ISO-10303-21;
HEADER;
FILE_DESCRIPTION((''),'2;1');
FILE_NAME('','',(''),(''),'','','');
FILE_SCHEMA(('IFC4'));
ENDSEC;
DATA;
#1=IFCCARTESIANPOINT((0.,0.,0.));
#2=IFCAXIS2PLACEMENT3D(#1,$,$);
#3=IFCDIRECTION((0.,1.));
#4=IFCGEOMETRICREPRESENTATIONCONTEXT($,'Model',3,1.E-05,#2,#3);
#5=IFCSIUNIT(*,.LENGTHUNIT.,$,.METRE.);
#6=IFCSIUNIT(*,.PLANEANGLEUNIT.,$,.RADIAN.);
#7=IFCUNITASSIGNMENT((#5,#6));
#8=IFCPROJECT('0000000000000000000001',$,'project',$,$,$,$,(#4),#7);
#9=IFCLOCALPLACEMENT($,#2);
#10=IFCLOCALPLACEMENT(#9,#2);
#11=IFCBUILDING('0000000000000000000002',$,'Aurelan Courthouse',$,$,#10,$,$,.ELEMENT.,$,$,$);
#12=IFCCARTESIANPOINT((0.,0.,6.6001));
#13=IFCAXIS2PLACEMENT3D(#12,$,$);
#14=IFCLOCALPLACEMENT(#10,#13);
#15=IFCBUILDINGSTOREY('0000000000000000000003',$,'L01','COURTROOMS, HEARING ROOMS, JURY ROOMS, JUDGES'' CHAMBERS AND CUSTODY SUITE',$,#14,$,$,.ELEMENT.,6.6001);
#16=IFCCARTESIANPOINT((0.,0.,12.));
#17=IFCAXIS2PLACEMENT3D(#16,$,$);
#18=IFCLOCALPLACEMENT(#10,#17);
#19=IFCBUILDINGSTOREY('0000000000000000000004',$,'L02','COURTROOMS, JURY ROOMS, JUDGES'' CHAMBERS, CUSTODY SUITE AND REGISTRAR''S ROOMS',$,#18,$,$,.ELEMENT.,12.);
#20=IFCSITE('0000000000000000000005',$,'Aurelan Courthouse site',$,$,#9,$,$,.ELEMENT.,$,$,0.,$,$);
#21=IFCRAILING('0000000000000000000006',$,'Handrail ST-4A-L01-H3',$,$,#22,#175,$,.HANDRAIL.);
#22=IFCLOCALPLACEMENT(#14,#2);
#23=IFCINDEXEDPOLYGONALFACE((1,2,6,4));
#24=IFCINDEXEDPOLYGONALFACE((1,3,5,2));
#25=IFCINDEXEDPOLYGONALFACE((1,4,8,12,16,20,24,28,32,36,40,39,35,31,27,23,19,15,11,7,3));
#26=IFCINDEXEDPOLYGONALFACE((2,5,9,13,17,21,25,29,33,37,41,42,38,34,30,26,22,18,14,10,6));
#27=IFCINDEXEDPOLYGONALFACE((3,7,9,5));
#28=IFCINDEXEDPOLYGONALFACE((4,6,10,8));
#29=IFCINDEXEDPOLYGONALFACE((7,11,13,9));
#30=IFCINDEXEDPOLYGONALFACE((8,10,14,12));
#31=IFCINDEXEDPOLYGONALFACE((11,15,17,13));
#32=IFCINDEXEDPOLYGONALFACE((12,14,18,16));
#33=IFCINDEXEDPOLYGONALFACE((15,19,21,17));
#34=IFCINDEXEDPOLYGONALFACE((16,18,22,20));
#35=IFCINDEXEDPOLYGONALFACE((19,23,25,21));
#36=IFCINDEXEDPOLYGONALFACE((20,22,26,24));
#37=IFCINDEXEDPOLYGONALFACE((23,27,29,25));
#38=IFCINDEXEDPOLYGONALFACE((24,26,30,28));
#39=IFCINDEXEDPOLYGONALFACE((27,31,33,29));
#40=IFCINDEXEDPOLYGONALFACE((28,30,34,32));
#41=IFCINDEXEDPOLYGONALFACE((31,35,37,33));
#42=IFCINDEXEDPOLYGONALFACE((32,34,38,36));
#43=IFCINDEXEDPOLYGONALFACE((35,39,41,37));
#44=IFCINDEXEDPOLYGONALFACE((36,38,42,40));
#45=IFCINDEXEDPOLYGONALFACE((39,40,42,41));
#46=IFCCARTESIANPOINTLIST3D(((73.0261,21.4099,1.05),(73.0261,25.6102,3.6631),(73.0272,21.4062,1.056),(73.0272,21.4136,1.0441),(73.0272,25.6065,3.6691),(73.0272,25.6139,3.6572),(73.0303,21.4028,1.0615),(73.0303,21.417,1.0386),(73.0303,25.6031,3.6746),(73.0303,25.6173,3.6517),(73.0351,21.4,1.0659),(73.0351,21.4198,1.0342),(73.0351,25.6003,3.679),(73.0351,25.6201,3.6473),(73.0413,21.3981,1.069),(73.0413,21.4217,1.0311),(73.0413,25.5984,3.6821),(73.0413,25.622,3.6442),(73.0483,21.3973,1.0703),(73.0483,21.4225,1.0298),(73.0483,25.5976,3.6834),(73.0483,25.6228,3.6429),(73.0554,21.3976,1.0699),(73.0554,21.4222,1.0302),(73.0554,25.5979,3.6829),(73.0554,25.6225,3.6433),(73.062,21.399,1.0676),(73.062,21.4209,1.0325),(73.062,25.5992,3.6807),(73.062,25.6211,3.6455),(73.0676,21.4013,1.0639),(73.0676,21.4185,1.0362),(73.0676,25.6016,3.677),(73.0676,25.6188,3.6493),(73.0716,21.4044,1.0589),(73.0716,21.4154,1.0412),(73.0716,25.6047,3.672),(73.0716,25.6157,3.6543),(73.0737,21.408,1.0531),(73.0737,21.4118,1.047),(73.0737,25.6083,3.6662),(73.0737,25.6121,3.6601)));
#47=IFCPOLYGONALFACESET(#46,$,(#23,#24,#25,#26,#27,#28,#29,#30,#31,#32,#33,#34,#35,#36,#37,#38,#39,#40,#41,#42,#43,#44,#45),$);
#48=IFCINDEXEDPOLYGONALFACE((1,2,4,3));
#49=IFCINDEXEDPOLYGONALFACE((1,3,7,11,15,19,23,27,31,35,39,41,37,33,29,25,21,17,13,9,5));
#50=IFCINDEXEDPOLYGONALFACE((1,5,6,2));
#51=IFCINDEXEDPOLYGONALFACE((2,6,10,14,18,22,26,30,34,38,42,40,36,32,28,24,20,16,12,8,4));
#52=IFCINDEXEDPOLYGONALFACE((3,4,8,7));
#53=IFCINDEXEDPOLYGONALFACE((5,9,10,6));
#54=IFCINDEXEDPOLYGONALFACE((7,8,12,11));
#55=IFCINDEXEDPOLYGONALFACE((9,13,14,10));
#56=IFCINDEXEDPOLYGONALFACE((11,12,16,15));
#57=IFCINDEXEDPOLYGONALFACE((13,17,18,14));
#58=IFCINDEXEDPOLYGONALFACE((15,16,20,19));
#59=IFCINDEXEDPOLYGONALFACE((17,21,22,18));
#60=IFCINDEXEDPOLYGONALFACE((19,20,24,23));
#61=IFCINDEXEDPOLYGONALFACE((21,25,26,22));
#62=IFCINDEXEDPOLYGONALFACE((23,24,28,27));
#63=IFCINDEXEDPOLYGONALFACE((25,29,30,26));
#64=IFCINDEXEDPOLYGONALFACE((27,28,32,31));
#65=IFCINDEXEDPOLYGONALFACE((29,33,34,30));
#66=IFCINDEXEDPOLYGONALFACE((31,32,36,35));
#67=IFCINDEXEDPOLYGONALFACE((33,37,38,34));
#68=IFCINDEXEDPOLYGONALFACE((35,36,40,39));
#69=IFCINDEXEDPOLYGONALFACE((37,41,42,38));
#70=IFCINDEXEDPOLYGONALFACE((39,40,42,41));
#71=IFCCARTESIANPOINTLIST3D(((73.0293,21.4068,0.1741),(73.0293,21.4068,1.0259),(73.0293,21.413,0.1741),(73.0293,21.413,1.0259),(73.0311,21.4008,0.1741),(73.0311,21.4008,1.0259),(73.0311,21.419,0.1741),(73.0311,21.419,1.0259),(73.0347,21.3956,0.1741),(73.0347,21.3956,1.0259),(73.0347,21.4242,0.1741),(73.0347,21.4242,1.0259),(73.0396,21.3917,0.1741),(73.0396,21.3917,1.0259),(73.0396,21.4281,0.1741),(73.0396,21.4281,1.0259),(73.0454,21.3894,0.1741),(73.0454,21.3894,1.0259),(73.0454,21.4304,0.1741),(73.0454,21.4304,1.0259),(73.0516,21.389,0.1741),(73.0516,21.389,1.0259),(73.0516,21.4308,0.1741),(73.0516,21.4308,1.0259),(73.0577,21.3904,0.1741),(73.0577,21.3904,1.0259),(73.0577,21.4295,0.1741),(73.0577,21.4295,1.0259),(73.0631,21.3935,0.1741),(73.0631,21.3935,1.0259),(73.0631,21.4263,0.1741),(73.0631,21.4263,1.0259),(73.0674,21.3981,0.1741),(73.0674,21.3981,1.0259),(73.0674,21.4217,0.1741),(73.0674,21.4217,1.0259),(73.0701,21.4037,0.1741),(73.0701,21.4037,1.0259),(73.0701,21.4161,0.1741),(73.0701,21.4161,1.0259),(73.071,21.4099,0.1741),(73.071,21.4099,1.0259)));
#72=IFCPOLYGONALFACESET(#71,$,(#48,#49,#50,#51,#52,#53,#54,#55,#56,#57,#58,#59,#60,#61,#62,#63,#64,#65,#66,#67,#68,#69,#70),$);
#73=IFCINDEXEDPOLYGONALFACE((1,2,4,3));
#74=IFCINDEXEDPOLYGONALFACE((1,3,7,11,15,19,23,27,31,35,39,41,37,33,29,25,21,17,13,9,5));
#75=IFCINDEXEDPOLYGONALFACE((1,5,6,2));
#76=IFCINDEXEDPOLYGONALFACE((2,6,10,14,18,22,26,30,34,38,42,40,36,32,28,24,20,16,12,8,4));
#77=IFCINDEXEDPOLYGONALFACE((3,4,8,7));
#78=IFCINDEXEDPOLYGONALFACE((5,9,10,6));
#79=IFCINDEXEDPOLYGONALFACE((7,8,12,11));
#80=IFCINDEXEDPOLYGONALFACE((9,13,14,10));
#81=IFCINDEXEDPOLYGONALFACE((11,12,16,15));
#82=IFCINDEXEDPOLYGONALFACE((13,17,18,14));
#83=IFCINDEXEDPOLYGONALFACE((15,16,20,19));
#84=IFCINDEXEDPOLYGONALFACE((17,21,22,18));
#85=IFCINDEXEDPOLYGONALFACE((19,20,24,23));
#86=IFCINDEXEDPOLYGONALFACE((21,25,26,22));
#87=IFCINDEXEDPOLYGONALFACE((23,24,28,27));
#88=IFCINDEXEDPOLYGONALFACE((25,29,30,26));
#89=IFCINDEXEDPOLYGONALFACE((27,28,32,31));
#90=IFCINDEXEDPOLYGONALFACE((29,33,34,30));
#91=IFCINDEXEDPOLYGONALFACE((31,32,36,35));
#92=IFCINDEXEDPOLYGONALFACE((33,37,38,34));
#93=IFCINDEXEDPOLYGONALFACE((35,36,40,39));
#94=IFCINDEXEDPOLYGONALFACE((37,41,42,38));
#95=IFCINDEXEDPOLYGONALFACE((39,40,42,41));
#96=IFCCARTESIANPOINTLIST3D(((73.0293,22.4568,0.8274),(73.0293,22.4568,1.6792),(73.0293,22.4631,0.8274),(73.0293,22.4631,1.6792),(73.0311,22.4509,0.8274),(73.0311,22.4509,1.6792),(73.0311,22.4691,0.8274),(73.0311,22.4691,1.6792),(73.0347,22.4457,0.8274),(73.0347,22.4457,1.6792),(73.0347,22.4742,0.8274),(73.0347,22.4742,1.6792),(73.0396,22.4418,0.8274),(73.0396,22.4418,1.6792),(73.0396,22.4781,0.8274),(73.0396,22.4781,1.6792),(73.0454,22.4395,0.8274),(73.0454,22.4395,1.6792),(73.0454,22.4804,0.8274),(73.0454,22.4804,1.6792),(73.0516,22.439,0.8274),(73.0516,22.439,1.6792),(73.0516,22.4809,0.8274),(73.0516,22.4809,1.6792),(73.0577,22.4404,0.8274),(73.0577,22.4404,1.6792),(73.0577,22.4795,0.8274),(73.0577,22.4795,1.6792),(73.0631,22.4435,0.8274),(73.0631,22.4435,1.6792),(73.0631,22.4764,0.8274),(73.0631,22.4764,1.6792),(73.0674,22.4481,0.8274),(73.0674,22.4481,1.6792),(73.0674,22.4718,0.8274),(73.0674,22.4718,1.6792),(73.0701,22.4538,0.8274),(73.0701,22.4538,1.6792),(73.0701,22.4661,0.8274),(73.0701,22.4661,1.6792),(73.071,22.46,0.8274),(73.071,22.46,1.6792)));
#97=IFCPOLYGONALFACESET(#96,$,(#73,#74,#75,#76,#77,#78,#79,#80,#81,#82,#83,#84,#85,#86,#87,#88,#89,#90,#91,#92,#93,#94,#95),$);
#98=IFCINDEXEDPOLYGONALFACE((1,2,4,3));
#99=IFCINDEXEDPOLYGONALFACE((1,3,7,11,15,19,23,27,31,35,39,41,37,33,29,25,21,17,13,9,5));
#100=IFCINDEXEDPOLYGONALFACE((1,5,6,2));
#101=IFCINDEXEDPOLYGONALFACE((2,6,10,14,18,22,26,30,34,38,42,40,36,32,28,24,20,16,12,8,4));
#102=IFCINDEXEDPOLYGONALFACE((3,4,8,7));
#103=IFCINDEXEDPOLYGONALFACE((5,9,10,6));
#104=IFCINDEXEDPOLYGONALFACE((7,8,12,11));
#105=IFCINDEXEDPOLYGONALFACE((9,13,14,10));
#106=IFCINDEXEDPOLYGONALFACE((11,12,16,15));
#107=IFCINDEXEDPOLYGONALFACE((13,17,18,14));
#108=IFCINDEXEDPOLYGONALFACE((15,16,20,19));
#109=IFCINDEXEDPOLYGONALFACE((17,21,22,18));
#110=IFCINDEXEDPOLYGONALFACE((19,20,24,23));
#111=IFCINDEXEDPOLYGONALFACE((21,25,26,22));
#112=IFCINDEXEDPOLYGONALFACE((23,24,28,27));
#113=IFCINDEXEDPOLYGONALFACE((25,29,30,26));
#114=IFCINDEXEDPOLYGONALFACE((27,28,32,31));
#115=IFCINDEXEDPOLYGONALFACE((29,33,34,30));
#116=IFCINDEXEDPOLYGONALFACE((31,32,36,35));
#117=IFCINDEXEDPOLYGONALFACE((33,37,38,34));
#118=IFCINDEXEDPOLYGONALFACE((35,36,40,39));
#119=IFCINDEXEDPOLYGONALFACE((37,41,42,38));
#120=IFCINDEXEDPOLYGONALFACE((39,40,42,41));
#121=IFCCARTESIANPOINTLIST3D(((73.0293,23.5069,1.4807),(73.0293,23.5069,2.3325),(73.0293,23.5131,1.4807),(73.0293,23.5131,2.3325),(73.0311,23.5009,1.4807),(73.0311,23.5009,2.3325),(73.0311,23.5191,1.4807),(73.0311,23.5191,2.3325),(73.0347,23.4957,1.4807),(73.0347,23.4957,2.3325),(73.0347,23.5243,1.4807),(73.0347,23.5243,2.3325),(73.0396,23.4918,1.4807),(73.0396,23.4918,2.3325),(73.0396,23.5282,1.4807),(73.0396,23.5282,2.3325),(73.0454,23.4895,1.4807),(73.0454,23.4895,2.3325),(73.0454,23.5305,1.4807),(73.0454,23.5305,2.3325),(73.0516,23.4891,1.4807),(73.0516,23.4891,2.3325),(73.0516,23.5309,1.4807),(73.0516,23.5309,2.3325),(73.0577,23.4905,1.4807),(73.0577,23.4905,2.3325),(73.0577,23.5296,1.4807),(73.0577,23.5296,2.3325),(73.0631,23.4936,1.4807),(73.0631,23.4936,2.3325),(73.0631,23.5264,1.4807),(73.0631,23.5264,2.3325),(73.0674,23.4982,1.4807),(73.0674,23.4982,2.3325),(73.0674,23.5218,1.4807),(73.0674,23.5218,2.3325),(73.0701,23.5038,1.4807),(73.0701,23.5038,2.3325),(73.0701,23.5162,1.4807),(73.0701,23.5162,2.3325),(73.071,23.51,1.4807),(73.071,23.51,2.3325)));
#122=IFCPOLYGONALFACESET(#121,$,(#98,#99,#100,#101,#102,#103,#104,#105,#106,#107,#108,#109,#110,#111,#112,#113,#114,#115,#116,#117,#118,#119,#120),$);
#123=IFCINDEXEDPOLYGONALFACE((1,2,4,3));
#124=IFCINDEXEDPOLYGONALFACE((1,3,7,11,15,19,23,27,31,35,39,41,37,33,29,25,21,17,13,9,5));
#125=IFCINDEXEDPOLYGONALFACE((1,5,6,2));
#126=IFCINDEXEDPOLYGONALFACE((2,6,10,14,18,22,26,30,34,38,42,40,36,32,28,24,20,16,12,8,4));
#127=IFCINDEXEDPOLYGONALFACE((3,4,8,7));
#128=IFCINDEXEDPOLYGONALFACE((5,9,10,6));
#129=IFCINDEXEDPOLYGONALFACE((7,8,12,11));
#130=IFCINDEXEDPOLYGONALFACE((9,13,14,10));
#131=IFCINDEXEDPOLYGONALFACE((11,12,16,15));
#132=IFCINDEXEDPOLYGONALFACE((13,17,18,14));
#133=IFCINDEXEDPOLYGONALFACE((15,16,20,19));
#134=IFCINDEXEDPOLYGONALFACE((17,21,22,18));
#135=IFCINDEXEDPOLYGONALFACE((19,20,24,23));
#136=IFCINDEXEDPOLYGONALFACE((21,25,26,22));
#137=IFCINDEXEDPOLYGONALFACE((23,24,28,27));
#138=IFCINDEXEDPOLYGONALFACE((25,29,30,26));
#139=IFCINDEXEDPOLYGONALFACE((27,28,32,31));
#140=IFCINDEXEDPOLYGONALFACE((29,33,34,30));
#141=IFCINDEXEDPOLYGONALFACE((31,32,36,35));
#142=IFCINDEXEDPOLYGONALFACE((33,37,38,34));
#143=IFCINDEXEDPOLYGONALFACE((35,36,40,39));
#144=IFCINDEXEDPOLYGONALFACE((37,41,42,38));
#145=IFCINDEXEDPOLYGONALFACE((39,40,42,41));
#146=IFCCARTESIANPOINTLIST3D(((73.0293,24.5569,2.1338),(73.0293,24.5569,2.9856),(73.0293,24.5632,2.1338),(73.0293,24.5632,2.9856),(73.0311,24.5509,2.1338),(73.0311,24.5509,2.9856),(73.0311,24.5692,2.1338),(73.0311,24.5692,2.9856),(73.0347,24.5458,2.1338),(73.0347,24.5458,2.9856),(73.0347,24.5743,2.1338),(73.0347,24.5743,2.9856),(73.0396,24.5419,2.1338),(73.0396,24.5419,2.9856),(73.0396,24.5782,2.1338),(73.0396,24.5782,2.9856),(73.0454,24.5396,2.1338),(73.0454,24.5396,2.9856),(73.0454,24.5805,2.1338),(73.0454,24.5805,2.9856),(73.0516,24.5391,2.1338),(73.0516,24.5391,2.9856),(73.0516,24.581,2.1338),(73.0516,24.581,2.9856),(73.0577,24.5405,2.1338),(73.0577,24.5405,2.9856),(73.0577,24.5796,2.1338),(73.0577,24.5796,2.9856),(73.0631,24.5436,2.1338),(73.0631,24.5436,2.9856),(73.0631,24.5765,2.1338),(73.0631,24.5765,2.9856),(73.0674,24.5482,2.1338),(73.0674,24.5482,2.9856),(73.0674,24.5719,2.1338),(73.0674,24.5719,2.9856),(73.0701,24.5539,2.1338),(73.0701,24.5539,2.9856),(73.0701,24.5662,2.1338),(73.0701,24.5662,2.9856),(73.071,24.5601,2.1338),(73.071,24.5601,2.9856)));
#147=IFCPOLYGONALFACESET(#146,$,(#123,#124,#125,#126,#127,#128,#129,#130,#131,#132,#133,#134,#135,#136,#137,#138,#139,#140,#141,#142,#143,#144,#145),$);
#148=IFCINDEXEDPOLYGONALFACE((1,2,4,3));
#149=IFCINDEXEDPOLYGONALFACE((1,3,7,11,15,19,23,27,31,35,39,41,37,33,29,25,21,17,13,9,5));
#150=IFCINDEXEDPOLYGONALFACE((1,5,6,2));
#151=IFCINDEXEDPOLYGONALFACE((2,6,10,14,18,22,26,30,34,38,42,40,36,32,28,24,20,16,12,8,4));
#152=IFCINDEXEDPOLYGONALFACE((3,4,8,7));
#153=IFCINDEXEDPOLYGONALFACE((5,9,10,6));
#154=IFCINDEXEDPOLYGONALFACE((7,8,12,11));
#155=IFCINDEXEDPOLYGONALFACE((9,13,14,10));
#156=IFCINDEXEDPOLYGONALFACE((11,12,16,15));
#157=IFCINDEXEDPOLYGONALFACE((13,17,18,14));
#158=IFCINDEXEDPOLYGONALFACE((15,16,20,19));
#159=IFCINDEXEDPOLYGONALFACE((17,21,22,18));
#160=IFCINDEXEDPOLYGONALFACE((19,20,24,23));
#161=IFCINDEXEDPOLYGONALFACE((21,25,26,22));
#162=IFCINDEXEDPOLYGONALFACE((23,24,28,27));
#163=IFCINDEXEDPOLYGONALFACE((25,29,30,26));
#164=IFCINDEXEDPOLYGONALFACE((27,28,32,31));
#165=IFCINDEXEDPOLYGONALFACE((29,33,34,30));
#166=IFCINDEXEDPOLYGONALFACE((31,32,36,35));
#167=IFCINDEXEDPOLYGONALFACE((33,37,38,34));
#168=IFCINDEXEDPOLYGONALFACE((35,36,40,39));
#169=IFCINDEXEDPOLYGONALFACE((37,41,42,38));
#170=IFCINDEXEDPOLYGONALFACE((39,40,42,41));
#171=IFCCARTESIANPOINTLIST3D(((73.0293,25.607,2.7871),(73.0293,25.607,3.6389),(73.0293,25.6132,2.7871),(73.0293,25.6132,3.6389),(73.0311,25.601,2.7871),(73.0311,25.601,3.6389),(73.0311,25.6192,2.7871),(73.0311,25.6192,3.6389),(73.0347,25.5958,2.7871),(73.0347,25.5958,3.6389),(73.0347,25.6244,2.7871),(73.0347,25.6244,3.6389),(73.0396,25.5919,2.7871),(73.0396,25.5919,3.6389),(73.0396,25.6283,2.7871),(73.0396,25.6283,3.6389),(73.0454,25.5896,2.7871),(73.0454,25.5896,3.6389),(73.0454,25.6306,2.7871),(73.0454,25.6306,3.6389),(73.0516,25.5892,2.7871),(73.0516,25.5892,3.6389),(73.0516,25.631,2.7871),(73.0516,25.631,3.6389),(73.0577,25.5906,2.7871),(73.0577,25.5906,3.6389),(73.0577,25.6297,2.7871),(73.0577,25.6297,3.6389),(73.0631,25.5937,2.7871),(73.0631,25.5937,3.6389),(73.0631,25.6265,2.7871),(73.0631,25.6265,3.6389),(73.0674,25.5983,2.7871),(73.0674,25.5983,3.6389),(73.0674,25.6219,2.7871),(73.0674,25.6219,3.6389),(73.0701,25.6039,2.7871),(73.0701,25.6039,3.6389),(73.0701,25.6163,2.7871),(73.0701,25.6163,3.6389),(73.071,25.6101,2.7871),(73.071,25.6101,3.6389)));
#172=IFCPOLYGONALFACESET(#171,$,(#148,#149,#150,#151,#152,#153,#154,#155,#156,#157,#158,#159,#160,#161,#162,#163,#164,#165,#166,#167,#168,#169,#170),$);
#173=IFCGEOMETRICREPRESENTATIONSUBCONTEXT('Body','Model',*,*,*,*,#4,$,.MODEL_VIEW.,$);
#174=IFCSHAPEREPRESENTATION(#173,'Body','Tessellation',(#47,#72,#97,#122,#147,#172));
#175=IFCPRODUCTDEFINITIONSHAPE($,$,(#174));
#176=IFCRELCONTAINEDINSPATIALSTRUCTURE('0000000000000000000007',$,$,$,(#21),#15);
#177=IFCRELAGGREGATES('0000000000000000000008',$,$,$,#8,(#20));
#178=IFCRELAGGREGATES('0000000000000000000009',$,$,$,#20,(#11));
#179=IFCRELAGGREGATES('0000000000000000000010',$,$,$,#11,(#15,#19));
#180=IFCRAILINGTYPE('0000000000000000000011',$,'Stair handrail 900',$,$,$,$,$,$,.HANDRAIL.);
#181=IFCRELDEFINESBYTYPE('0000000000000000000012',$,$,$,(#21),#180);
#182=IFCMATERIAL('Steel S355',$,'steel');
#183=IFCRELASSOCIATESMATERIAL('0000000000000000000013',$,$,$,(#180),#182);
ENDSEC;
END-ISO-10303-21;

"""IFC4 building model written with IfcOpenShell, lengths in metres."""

from ifc_helpers import new_model, si_unit, direction, frame, origin, origin_2d, place, context, subcontext, project, spatial, circle, extrude, material, type_object, element, save


model = new_model("IFC4")

# Units and contexts
model_context = context("Model", 3, precision=1e-05, world=origin(), true_north=direction((0.0, 1.0)))
body_context = subcontext(model_context, "Body", "Model", "MODEL_VIEW")
ifc_project = project(units=[si_unit("LENGTHUNIT", "METRE"), si_unit("PLANEANGLEUNIT", "RADIAN")], contexts=[model_context])

# Site, building, storey
site_placement = place(None, origin())
site = spatial("IfcSite", under=ifc_project, at=site_placement, Name="Aurelan Courthouse site", CompositionType="ELEMENT", RefElevation=0.0)
building_placement = place(site_placement, origin())
building = spatial("IfcBuilding", under=site, at=building_placement, Name="Aurelan Courthouse", CompositionType="ELEMENT")
storey_1_placement = place(building_placement, frame((0.0, 0.0, 6.6001)))
storey_1 = spatial("IfcBuildingStorey", under=building, at=storey_1_placement, Name="L01", Description="COURTROOMS, HEARING ROOMS, JURY ROOMS, JUDGES' CHAMBERS AND CUSTODY SUITE", CompositionType="ELEMENT", Elevation=6.6001)

# Shared definitions
storey_2_placement = place(building_placement, frame((0.0, 0.0, 12.0)))
storey_2 = spatial("IfcBuildingStorey", under=building, at=storey_2_placement, Name="L02", Description="COURTROOMS, JURY ROOMS, JUDGES' CHAMBERS, CUSTODY SUITE AND REGISTRAR'S ROOMS", CompositionType="ELEMENT", Elevation=12.0)

# Railing
ifc_material_1 = material(Name="Steel S355", Category="steel")
railing_type_1 = type_object("IfcRailingType", Name="Stair handrail 900", PredefinedType="HANDRAIL", material=ifc_material_1)
for number, where, name in (
    (1, (73.05, 21.4099, 0.1741), "Handrail ST-4A-L01-H3"),
):
    element("IfcRailing", number, at=place(storey_1_placement, frame(where)), inside=storey_1, type_object=railing_type_1, Name=name, PredefinedType="HANDRAIL", context=body_context, shape_type="SweptSolid", body=[
        extrude(circle(Radius=0.0239, at=origin_2d()), frame((0.0, 0.0, 0.876), z_axis=(0.0, 0.849094, 0.528241), x_axis=(-1.0, 0.0, 0.0)), (0.0, 0.0, 1.0), 4.9468),
        extrude(circle(Radius=0.021, at=origin_2d()), origin(), (0.0, 0.0, 1.0), 0.8518),
        extrude(circle(Radius=0.021, at=origin_2d()), frame((0.0, 1.05, 0.6533)), (0.0, 0.0, 1.0), 0.8518),
        extrude(circle(Radius=0.021, at=origin_2d()), frame((0.0, 2.1001, 1.3066)), (0.0, 0.0, 1.0), 0.8518),
        extrude(circle(Radius=0.021, at=origin_2d()), frame((0.0, 3.1501, 1.9597)), (0.0, 0.0, 1.0), 0.8518),
        extrude(circle(Radius=0.021, at=origin_2d()), frame((0.0, 4.2002, 2.613)), (0.0, 0.0, 1.0), 0.8518),
    ])

save(model, "model.ifc")
